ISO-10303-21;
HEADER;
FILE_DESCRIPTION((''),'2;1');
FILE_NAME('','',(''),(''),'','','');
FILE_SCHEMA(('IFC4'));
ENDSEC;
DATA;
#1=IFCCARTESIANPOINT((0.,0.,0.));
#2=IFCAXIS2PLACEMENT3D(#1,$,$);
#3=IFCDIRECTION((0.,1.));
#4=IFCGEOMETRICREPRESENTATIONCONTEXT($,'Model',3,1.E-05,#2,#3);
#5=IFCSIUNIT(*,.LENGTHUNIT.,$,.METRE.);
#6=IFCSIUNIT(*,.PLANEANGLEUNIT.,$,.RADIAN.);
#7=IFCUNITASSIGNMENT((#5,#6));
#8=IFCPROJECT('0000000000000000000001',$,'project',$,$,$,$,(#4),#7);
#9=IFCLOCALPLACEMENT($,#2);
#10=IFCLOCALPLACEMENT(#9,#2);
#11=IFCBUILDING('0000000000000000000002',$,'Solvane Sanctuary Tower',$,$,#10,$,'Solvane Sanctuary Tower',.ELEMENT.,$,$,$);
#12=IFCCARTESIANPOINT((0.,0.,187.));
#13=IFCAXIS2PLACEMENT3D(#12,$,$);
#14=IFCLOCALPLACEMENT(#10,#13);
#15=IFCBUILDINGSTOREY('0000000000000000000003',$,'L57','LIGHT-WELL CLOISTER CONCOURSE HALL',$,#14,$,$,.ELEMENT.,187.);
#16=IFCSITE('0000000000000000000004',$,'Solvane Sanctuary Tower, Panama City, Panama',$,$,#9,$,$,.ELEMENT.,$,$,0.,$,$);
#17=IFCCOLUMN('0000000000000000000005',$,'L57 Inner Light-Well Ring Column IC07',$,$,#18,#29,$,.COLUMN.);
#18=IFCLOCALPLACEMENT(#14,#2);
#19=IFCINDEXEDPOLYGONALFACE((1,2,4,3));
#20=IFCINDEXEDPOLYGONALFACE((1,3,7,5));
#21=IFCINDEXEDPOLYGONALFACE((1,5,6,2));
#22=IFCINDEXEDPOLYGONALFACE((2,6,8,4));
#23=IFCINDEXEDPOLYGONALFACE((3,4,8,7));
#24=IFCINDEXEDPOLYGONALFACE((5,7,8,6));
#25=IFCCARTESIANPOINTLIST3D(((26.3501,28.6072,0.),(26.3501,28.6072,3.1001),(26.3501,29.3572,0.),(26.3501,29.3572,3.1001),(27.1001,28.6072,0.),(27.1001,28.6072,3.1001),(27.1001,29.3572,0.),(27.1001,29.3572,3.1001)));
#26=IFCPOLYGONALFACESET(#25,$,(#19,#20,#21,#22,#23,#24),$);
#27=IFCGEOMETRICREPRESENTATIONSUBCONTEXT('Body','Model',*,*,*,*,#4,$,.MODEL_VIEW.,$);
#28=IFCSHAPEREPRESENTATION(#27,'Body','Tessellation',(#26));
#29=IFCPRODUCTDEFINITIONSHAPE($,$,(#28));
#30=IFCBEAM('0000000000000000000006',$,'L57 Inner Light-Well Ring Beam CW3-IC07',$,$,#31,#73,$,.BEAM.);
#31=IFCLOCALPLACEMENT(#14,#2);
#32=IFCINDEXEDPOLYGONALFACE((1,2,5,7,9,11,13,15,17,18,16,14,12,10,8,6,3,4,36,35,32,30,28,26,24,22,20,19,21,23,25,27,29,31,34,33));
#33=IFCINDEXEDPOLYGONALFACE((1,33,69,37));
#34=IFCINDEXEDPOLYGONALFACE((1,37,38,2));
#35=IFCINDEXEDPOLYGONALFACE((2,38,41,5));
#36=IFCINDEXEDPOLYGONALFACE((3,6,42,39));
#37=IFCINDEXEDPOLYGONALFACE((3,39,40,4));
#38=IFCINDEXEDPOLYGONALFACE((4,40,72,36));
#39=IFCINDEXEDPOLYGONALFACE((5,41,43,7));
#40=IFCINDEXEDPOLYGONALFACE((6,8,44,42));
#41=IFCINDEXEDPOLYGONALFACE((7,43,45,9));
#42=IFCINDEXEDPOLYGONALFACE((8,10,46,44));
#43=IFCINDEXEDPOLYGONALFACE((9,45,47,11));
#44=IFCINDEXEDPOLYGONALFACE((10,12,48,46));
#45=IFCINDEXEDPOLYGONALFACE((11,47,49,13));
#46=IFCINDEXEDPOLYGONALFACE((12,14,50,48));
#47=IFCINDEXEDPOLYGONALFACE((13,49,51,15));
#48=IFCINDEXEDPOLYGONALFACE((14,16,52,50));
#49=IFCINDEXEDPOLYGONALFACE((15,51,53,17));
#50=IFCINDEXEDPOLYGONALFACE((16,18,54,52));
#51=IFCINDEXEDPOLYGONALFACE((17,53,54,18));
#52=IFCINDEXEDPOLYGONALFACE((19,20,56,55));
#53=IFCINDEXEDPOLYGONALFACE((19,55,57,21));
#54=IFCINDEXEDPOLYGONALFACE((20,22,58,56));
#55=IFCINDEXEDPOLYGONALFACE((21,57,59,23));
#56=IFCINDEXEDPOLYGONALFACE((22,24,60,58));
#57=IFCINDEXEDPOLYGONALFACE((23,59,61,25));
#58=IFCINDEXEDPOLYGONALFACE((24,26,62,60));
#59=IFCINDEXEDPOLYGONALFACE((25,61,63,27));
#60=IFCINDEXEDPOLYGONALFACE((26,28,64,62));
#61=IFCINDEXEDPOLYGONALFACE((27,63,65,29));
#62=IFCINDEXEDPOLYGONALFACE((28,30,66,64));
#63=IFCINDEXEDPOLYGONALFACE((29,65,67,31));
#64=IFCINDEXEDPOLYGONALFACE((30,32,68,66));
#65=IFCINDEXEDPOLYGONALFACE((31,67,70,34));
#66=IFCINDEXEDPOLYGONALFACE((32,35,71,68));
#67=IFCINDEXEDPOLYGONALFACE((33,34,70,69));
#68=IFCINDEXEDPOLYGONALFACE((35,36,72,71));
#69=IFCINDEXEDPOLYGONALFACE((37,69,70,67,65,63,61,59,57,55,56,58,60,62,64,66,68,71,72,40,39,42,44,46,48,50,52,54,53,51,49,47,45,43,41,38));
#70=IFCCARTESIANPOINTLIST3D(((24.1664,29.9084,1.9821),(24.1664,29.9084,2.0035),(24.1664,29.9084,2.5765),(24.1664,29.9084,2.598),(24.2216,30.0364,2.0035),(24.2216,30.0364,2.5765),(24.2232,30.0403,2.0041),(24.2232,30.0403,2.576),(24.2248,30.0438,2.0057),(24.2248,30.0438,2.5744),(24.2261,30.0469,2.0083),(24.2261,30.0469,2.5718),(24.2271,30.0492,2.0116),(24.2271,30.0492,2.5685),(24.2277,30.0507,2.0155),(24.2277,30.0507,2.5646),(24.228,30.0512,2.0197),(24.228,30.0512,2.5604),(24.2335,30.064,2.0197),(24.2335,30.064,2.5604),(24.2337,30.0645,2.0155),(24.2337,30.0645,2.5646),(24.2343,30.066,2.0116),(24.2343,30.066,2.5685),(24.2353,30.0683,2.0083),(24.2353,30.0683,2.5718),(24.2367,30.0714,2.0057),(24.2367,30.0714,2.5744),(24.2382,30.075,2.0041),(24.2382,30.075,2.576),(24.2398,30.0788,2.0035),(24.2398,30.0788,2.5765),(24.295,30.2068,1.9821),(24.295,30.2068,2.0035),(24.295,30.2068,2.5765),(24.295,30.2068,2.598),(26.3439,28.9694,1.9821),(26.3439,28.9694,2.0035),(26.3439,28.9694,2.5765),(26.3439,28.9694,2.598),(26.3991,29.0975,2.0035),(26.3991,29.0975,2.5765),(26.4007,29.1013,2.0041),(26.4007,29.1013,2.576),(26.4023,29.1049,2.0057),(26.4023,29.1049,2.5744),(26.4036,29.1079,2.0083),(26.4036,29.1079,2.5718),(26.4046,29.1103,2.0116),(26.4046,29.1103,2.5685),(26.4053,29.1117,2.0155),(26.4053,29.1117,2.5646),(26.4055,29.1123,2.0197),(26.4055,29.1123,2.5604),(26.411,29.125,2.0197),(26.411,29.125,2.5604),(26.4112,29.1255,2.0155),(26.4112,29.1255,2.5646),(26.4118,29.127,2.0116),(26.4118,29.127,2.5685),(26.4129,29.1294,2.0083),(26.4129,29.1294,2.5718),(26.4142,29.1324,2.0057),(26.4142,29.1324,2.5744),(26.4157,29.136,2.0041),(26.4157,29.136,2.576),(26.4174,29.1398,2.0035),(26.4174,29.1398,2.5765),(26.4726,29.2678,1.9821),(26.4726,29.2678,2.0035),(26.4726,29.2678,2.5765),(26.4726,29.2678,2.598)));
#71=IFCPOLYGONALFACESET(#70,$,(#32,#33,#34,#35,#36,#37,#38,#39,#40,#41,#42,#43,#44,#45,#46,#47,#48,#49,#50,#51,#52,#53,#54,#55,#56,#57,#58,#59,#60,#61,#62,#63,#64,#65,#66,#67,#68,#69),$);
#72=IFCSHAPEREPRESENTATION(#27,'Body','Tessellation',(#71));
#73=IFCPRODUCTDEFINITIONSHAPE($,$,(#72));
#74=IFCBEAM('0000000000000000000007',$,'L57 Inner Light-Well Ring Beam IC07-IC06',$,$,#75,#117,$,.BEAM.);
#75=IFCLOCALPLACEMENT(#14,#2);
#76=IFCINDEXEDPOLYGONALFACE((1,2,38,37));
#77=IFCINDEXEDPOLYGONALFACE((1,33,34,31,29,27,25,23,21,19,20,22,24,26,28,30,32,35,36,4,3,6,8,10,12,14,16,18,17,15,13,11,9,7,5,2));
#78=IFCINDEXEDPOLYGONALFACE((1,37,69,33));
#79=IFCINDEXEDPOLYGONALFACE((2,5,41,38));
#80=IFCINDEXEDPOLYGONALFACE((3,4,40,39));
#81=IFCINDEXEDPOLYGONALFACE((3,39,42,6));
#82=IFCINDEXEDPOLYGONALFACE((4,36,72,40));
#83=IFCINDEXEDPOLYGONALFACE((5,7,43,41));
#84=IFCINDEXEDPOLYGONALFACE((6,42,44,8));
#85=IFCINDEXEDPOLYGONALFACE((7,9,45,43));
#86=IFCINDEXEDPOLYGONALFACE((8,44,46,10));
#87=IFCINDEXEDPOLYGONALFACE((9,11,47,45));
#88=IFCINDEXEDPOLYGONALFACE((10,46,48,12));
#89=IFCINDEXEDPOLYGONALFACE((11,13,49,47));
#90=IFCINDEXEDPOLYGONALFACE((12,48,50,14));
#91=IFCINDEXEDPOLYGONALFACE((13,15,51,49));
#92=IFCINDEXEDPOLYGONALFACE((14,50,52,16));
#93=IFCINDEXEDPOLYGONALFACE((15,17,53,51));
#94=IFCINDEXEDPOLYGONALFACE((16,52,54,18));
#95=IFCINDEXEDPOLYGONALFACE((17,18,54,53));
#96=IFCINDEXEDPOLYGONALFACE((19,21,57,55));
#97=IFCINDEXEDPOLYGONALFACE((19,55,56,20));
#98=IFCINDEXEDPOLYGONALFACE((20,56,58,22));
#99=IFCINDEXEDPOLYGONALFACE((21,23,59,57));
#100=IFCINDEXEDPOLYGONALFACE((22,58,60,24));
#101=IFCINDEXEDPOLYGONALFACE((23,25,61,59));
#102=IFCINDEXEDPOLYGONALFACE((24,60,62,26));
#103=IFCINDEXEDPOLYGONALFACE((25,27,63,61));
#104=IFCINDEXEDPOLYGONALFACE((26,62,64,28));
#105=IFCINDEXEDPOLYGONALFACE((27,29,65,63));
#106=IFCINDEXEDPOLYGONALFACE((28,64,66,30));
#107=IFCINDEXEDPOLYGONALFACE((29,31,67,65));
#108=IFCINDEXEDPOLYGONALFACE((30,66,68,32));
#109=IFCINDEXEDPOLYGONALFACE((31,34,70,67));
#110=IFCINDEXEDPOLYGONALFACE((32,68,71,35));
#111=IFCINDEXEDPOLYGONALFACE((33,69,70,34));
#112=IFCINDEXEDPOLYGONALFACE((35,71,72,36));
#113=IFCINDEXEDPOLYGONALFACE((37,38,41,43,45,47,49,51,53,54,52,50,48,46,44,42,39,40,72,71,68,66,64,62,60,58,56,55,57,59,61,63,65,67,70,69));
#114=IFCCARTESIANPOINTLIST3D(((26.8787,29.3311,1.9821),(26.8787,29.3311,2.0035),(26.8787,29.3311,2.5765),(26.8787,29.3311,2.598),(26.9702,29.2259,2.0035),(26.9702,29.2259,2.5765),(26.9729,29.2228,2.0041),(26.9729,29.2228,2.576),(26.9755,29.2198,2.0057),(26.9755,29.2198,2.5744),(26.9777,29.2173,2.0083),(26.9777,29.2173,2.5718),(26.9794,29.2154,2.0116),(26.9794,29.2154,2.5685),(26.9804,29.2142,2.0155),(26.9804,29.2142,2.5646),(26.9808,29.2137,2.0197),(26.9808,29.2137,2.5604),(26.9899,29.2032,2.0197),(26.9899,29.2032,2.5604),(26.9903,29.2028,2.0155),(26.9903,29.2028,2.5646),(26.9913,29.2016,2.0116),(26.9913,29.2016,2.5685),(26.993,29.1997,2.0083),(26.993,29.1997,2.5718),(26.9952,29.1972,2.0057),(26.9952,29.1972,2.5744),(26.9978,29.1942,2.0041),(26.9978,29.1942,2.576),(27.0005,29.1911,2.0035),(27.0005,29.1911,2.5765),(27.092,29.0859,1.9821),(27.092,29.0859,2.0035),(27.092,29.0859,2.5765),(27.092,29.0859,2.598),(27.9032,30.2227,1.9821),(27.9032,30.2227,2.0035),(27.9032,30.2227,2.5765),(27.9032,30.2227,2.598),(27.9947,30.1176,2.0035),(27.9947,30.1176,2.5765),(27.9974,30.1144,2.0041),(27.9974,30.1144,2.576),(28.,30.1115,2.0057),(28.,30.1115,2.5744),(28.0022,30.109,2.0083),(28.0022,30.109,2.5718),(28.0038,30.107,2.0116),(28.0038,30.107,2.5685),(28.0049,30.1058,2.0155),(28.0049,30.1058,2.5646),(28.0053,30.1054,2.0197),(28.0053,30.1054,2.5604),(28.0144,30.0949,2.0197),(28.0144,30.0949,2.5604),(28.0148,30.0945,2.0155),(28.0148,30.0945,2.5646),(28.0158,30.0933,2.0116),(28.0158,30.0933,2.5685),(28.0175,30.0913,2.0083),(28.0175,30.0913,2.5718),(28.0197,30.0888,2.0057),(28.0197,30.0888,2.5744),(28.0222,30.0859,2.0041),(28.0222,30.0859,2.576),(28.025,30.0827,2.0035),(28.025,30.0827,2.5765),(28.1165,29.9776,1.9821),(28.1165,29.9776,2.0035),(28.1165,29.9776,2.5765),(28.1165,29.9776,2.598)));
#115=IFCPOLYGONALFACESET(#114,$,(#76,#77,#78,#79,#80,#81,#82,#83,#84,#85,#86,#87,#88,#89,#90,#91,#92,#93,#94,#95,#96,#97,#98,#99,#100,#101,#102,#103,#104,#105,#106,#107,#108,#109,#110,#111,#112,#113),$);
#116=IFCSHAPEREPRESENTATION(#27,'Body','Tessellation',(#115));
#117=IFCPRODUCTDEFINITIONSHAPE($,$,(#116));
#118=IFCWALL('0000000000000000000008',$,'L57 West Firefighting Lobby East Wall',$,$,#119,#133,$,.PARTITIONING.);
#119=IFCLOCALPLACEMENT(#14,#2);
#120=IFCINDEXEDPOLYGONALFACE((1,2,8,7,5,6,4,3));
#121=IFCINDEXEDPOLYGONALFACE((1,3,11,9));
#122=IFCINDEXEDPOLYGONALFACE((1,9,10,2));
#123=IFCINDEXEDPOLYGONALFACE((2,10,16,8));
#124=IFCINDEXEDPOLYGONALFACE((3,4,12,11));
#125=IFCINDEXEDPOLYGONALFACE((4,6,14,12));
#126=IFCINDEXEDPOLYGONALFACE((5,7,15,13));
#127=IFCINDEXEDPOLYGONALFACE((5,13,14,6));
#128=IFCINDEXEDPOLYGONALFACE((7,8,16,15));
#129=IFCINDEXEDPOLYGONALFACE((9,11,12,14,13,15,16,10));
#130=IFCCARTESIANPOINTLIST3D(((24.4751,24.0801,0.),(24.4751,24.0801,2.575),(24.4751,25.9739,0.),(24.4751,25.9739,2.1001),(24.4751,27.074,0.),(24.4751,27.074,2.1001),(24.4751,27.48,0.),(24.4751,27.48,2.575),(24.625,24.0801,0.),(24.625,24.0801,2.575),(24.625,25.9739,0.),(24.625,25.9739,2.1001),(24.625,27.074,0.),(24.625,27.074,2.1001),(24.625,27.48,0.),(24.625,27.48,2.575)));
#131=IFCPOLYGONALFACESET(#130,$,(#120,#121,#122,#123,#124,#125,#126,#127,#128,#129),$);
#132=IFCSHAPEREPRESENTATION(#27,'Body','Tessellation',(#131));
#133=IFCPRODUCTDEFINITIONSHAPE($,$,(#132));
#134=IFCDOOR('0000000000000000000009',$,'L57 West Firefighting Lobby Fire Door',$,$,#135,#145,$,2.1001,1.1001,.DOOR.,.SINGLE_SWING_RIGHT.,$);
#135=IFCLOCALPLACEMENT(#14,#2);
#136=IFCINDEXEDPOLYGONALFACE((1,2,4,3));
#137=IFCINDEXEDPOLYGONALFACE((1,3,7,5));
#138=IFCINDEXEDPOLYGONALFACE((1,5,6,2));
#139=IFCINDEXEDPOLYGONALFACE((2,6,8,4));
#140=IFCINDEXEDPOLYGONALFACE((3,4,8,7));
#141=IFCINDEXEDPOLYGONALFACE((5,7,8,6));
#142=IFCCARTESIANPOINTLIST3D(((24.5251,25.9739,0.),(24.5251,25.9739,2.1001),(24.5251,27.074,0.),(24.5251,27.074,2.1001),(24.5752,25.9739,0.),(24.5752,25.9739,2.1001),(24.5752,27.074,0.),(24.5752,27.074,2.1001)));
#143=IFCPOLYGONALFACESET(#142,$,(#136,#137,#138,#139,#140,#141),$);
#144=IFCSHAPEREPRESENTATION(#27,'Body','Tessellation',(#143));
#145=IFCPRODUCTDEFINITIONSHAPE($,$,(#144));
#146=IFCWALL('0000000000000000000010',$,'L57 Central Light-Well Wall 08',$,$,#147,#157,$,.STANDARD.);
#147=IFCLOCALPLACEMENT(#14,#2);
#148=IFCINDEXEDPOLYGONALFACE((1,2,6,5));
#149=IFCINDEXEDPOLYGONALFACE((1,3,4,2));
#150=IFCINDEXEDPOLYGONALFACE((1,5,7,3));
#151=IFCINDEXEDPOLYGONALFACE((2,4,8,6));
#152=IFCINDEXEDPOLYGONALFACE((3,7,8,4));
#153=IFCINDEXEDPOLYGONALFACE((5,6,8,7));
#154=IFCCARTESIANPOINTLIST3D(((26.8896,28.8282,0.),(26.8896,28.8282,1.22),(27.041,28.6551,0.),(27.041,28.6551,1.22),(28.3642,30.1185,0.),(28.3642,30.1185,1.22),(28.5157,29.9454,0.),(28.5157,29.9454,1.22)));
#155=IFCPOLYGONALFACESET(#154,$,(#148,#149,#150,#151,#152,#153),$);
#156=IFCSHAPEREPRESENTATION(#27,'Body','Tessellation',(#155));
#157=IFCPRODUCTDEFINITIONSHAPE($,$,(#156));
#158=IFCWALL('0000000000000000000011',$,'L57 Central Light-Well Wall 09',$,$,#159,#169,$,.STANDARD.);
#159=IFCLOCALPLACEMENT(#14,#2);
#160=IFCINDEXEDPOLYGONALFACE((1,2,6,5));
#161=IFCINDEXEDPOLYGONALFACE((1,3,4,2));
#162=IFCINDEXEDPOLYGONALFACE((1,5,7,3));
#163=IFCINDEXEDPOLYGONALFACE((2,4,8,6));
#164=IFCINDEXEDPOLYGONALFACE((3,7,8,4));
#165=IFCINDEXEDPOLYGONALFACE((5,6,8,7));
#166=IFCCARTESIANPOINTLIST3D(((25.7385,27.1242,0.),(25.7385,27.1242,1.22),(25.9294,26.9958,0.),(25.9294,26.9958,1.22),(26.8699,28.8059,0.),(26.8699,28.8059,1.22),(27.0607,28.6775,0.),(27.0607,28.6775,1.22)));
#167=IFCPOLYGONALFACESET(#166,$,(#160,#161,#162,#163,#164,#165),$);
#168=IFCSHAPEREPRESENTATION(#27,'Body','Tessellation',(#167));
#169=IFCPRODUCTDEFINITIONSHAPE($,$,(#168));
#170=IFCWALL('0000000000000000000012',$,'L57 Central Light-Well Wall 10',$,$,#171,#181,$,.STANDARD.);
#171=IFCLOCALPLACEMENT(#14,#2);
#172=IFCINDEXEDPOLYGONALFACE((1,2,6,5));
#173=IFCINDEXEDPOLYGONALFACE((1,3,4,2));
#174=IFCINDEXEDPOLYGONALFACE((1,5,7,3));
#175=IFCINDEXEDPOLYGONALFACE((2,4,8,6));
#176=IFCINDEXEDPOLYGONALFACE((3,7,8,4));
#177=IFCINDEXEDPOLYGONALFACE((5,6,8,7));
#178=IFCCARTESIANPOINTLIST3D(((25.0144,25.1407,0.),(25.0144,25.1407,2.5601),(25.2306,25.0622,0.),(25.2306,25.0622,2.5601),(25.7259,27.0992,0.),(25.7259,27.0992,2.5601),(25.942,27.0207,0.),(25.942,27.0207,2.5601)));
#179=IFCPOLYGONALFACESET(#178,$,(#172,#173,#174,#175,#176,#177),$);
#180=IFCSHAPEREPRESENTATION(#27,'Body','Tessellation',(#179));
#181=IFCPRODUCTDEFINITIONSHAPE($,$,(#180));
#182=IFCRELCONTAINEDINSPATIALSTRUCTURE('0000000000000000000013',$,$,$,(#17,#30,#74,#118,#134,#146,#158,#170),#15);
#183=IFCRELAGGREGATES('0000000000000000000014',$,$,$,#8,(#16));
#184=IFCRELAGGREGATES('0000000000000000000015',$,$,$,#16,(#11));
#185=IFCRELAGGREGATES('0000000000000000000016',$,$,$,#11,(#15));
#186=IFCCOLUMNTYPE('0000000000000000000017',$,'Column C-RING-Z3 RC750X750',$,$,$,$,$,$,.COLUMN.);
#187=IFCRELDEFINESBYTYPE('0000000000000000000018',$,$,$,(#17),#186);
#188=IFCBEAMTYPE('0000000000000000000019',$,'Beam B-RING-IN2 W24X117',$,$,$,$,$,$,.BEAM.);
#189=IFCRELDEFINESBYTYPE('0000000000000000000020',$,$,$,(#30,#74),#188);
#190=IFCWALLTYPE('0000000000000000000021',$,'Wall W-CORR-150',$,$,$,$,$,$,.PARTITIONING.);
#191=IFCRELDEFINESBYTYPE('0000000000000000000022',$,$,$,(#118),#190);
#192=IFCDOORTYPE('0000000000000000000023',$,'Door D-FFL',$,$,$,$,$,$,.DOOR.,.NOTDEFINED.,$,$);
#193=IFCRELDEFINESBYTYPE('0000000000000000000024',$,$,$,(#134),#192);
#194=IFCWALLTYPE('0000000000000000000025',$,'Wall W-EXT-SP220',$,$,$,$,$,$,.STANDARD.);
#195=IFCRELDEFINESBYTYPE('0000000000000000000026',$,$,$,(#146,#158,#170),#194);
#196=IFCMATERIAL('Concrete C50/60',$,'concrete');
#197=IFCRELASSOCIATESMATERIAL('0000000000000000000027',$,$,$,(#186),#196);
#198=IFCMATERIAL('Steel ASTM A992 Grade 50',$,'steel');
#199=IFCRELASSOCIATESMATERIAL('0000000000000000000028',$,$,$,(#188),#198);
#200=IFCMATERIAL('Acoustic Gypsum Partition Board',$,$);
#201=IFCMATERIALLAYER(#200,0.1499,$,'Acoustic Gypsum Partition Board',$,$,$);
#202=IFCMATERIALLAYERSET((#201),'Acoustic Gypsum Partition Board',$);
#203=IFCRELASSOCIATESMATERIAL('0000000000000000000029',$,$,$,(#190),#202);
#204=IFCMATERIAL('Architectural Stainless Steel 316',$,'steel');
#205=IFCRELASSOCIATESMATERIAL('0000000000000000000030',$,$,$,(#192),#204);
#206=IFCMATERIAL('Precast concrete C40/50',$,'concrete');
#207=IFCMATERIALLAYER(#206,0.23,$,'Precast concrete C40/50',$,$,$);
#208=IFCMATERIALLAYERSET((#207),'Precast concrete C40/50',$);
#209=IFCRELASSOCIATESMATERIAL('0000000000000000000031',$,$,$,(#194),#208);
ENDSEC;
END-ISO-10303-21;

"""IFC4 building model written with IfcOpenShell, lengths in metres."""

from ifc_helpers import new_model, si_unit, direction, frame, frame_2d, origin, origin_2d, place, context, subcontext, project, spatial, rectangle, i_section, extrude, material, layer, layer_set, material_profile, profile_set, type_object, element, fill, save


model = new_model("IFC4")

# Units and contexts
model_context = context("Model", 3, precision=1e-05, world=origin(), true_north=direction((0.0, 1.0)))
body_context = subcontext(model_context, "Body", "Model", "MODEL_VIEW")
ifc_project = project(units=[si_unit("LENGTHUNIT", "METRE"), si_unit("PLANEANGLEUNIT", "RADIAN")], contexts=[model_context])

# Site, building, storey
site_placement = place(None, origin())
site = spatial("IfcSite", under=ifc_project, at=site_placement, Name="Solvane Sanctuary Tower, Panama City, Panama", CompositionType="ELEMENT", RefElevation=0.0)
building_placement = place(site_placement, origin())
building = spatial("IfcBuilding", under=site, at=building_placement, Name="Solvane Sanctuary Tower", LongName="Solvane Sanctuary Tower", CompositionType="ELEMENT")
storey_placement = place(building_placement, frame((0.0, 0.0, 187.0)))
storey = spatial("IfcBuildingStorey", under=building, at=storey_placement, Name="L57", Description="LIGHT-WELL CLOISTER CONCOURSE HALL", CompositionType="ELEMENT", Elevation=187.0)

# Column
ifc_material_1 = material(Name="Concrete C50/60", Category="concrete")
ifc_material_profile_1 = material_profile(ifc_material_1, rectangle(XDim=0.75, YDim=0.75, at=origin_2d()), Name="RC750X750")
ifc_profile_set_1 = profile_set([ifc_material_profile_1], Name="Concrete C50/60")
column_type = type_object("IfcColumnType", Name="Column C-RING-Z3 RC750X750", PredefinedType="COLUMN", material=ifc_profile_set_1)
column_placement = place(storey_placement, frame((26.7251, 28.9822, 0.0), z_axis=(0.0, 0.0, 1.0), x_axis=(1.0, 0.0, 0.0)))
element("IfcColumn", 1, at=column_placement, inside=storey, type_object=column_type, Name="L57 Inner Light-Well Ring Column IC07", PredefinedType="COLUMN", context=body_context, shape_type="SweptSolid", body=[
    extrude(rectangle(XDim=0.75, YDim=0.75, at=origin_2d()), origin(), (0.0, 0.0, 1.0), 3.1001),
])

# Beams
ifc_material_2 = material(Name="Steel ASTM A992 Grade 50", Category="steel")
ifc_material_profile_2 = material_profile(ifc_material_2, i_section(OverallWidth=0.325, OverallDepth=0.616, WebThickness=0.0139, FlangeThickness=0.0215, FilletRadius=0.0161, at=origin_2d()), Name="W24X117")
ifc_profile_set_2 = profile_set([ifc_material_profile_2], Name="Steel ASTM A992 Grade 50")
beam_type = type_object("IfcBeamType", Name="Beam B-RING-IN2 W24X117", PredefinedType="BEAM", material=ifc_profile_set_2)
beam_1_placement = place(storey_placement, frame((24.2307, 30.0576, 2.29), z_axis=(0.918264, -0.395969, 0.0), x_axis=(0.395969, 0.918264, 0.0)))
element("IfcBeam", 2, at=beam_1_placement, inside=storey, type_object=beam_type, Name="L57 Inner Light-Well Ring Beam CW3-IC07", PredefinedType="BEAM", context=body_context, shape_type="SweptSolid", body=[
    extrude(i_section(OverallWidth=0.325, OverallDepth=0.616, WebThickness=0.0139, FlangeThickness=0.0215, FilletRadius=0.0161, at=origin_2d()), origin(), (0.0, 0.0, 1.0), 2.3713),
])
beam_2_placement = place(storey_placement, frame((26.9854, 29.2085, 2.29), z_axis=(0.754311, 0.656517, 0.0), x_axis=(-0.656517, 0.754311, 0.0)))
element("IfcBeam", 3, at=beam_2_placement, inside=storey, type_object=beam_type, Name="L57 Inner Light-Well Ring Beam IC07-IC06", PredefinedType="BEAM", context=body_context, shape_type="SweptSolid", body=[
    extrude(i_section(OverallWidth=0.325, OverallDepth=0.616, WebThickness=0.0139, FlangeThickness=0.0215, FilletRadius=0.0161, at=origin_2d()), origin(), (0.0, 0.0, 1.0), 1.3582),
])

# Wall, opening, door
ifc_material_3 = material(Name="Acoustic Gypsum Partition Board")
ifc_layer_1 = layer(ifc_material_3, 0.1499, Name="Acoustic Gypsum Partition Board")
ifc_layer_set_1 = layer_set([ifc_layer_1], Name="Acoustic Gypsum Partition Board")
wall_type_1 = type_object("IfcWallType", Name="Wall W-CORR-150", PredefinedType="PARTITIONING", material=ifc_layer_set_1)
wall_1_placement = place(storey_placement, frame((24.55, 24.0801, 0.0), z_axis=(0.0, 0.0, 1.0), x_axis=(0.0, 1.0, 0.0)))
wall_1 = element("IfcWall", 4, at=wall_1_placement, inside=storey, type_object=wall_type_1, Name="L57 West Firefighting Lobby East Wall", PredefinedType="PARTITIONING", context=body_context, shape_type="SweptSolid", body=[
    extrude(rectangle(XDim=3.3999, YDim=0.1499, at=frame_2d((1.7, 0.0))), origin(), (0.0, 0.0, 1.0), 2.575),
])
opening_1_placement = place(wall_1_placement, frame((1.8938, 0.0, 0.0)))
opening_1 = element("IfcOpeningElement", 5, at=opening_1_placement, cuts=wall_1, PredefinedType="OPENING", context=body_context, shape_type="SweptSolid", body=[
    extrude(rectangle(XDim=1.1001, YDim=2.1001, at=frame_2d((0.55, 1.05))), frame((0.0, 0.085, 0.0), z_axis=(0.0, -1.0, 0.0), x_axis=(1.0, 0.0, 0.0)), (0.0, 0.0, 1.0), 0.1699),
])
ifc_material_4 = material(Name="Architectural Stainless Steel 316", Category="steel")
door_type_1 = type_object("IfcDoorType", Name="Door D-FFL", OperationType="NOTDEFINED", PredefinedType="DOOR", material=ifc_material_4)
door_1_placement = place(opening_1_placement, origin())
door_1 = element("IfcDoor", 6, at=door_1_placement, inside=storey, type_object=door_type_1, Name="L57 West Firefighting Lobby Fire Door", OperationType="SINGLE_SWING_RIGHT", OverallHeight=2.1001, OverallWidth=1.1001, PredefinedType="DOOR", context=body_context, shape_type="SweptSolid", body=[
    extrude(rectangle(XDim=1.1001, YDim=2.1001, at=frame_2d((0.55, 1.05))), frame((0.0, 0.0249, 0.0), z_axis=(0.0, -1.0, 0.0), x_axis=(1.0, 0.0, 0.0)), (0.0, 0.0, 1.0), 0.05),
])
fill(opening_1, door_1)

# Walls
ifc_material_5 = material(Name="Precast concrete C40/50", Category="concrete")
ifc_layer_2 = layer(ifc_material_5, 0.23, Name="Precast concrete C40/50")
ifc_layer_set_2 = layer_set([ifc_layer_2], Name="Precast concrete C40/50")
wall_type_2 = type_object("IfcWallType", Name="Wall W-EXT-SP220", PredefinedType="STANDARD", material=ifc_layer_set_2)
wall_2_placement = place(storey_placement, frame((28.4399, 30.032, 0.0), z_axis=(0.0, 0.0, 1.0), x_axis=(-0.752577, -0.658505, 0.0)))
element("IfcWall", 7, at=wall_2_placement, inside=storey, type_object=wall_type_2, Name="L57 Central Light-Well Wall 08", PredefinedType="STANDARD", context=body_context, shape_type="SweptSolid", body=[
    extrude(rectangle(XDim=1.9595, YDim=0.23, at=frame_2d((0.9797, 0.0))), origin(), (0.0, 0.0, 1.0), 1.22),
])
wall_3_placement = place(storey_placement, frame((26.9653, 28.7417, 0.0), z_axis=(0.0, 0.0, 1.0), x_axis=(-0.558198, -0.829708, 0.0)))
element("IfcWall", 8, at=wall_3_placement, inside=storey, type_object=wall_type_2, Name="L57 Central Light-Well Wall 09", PredefinedType="STANDARD", context=body_context, shape_type="SweptSolid", body=[
    extrude(rectangle(XDim=2.0269, YDim=0.23, at=frame_2d((1.0134, 0.0))), origin(), (0.0, 0.0, 1.0), 1.22),
])
wall_4_placement = place(storey_placement, frame((25.834, 27.0601, 0.0), z_axis=(0.0, 0.0, 1.0), x_axis=(-0.341423, -0.93991, 0.0)))
element("IfcWall", 9, at=wall_4_placement, inside=storey, type_object=wall_type_2, Name="L57 Central Light-Well Wall 10", PredefinedType="STANDARD", context=body_context, shape_type="SweptSolid", body=[
    extrude(rectangle(XDim=2.0837, YDim=0.23, at=frame_2d((1.042, 0.0))), origin(), (0.0, 0.0, 1.0), 2.5601),
])

save(model, "model.ifc")
